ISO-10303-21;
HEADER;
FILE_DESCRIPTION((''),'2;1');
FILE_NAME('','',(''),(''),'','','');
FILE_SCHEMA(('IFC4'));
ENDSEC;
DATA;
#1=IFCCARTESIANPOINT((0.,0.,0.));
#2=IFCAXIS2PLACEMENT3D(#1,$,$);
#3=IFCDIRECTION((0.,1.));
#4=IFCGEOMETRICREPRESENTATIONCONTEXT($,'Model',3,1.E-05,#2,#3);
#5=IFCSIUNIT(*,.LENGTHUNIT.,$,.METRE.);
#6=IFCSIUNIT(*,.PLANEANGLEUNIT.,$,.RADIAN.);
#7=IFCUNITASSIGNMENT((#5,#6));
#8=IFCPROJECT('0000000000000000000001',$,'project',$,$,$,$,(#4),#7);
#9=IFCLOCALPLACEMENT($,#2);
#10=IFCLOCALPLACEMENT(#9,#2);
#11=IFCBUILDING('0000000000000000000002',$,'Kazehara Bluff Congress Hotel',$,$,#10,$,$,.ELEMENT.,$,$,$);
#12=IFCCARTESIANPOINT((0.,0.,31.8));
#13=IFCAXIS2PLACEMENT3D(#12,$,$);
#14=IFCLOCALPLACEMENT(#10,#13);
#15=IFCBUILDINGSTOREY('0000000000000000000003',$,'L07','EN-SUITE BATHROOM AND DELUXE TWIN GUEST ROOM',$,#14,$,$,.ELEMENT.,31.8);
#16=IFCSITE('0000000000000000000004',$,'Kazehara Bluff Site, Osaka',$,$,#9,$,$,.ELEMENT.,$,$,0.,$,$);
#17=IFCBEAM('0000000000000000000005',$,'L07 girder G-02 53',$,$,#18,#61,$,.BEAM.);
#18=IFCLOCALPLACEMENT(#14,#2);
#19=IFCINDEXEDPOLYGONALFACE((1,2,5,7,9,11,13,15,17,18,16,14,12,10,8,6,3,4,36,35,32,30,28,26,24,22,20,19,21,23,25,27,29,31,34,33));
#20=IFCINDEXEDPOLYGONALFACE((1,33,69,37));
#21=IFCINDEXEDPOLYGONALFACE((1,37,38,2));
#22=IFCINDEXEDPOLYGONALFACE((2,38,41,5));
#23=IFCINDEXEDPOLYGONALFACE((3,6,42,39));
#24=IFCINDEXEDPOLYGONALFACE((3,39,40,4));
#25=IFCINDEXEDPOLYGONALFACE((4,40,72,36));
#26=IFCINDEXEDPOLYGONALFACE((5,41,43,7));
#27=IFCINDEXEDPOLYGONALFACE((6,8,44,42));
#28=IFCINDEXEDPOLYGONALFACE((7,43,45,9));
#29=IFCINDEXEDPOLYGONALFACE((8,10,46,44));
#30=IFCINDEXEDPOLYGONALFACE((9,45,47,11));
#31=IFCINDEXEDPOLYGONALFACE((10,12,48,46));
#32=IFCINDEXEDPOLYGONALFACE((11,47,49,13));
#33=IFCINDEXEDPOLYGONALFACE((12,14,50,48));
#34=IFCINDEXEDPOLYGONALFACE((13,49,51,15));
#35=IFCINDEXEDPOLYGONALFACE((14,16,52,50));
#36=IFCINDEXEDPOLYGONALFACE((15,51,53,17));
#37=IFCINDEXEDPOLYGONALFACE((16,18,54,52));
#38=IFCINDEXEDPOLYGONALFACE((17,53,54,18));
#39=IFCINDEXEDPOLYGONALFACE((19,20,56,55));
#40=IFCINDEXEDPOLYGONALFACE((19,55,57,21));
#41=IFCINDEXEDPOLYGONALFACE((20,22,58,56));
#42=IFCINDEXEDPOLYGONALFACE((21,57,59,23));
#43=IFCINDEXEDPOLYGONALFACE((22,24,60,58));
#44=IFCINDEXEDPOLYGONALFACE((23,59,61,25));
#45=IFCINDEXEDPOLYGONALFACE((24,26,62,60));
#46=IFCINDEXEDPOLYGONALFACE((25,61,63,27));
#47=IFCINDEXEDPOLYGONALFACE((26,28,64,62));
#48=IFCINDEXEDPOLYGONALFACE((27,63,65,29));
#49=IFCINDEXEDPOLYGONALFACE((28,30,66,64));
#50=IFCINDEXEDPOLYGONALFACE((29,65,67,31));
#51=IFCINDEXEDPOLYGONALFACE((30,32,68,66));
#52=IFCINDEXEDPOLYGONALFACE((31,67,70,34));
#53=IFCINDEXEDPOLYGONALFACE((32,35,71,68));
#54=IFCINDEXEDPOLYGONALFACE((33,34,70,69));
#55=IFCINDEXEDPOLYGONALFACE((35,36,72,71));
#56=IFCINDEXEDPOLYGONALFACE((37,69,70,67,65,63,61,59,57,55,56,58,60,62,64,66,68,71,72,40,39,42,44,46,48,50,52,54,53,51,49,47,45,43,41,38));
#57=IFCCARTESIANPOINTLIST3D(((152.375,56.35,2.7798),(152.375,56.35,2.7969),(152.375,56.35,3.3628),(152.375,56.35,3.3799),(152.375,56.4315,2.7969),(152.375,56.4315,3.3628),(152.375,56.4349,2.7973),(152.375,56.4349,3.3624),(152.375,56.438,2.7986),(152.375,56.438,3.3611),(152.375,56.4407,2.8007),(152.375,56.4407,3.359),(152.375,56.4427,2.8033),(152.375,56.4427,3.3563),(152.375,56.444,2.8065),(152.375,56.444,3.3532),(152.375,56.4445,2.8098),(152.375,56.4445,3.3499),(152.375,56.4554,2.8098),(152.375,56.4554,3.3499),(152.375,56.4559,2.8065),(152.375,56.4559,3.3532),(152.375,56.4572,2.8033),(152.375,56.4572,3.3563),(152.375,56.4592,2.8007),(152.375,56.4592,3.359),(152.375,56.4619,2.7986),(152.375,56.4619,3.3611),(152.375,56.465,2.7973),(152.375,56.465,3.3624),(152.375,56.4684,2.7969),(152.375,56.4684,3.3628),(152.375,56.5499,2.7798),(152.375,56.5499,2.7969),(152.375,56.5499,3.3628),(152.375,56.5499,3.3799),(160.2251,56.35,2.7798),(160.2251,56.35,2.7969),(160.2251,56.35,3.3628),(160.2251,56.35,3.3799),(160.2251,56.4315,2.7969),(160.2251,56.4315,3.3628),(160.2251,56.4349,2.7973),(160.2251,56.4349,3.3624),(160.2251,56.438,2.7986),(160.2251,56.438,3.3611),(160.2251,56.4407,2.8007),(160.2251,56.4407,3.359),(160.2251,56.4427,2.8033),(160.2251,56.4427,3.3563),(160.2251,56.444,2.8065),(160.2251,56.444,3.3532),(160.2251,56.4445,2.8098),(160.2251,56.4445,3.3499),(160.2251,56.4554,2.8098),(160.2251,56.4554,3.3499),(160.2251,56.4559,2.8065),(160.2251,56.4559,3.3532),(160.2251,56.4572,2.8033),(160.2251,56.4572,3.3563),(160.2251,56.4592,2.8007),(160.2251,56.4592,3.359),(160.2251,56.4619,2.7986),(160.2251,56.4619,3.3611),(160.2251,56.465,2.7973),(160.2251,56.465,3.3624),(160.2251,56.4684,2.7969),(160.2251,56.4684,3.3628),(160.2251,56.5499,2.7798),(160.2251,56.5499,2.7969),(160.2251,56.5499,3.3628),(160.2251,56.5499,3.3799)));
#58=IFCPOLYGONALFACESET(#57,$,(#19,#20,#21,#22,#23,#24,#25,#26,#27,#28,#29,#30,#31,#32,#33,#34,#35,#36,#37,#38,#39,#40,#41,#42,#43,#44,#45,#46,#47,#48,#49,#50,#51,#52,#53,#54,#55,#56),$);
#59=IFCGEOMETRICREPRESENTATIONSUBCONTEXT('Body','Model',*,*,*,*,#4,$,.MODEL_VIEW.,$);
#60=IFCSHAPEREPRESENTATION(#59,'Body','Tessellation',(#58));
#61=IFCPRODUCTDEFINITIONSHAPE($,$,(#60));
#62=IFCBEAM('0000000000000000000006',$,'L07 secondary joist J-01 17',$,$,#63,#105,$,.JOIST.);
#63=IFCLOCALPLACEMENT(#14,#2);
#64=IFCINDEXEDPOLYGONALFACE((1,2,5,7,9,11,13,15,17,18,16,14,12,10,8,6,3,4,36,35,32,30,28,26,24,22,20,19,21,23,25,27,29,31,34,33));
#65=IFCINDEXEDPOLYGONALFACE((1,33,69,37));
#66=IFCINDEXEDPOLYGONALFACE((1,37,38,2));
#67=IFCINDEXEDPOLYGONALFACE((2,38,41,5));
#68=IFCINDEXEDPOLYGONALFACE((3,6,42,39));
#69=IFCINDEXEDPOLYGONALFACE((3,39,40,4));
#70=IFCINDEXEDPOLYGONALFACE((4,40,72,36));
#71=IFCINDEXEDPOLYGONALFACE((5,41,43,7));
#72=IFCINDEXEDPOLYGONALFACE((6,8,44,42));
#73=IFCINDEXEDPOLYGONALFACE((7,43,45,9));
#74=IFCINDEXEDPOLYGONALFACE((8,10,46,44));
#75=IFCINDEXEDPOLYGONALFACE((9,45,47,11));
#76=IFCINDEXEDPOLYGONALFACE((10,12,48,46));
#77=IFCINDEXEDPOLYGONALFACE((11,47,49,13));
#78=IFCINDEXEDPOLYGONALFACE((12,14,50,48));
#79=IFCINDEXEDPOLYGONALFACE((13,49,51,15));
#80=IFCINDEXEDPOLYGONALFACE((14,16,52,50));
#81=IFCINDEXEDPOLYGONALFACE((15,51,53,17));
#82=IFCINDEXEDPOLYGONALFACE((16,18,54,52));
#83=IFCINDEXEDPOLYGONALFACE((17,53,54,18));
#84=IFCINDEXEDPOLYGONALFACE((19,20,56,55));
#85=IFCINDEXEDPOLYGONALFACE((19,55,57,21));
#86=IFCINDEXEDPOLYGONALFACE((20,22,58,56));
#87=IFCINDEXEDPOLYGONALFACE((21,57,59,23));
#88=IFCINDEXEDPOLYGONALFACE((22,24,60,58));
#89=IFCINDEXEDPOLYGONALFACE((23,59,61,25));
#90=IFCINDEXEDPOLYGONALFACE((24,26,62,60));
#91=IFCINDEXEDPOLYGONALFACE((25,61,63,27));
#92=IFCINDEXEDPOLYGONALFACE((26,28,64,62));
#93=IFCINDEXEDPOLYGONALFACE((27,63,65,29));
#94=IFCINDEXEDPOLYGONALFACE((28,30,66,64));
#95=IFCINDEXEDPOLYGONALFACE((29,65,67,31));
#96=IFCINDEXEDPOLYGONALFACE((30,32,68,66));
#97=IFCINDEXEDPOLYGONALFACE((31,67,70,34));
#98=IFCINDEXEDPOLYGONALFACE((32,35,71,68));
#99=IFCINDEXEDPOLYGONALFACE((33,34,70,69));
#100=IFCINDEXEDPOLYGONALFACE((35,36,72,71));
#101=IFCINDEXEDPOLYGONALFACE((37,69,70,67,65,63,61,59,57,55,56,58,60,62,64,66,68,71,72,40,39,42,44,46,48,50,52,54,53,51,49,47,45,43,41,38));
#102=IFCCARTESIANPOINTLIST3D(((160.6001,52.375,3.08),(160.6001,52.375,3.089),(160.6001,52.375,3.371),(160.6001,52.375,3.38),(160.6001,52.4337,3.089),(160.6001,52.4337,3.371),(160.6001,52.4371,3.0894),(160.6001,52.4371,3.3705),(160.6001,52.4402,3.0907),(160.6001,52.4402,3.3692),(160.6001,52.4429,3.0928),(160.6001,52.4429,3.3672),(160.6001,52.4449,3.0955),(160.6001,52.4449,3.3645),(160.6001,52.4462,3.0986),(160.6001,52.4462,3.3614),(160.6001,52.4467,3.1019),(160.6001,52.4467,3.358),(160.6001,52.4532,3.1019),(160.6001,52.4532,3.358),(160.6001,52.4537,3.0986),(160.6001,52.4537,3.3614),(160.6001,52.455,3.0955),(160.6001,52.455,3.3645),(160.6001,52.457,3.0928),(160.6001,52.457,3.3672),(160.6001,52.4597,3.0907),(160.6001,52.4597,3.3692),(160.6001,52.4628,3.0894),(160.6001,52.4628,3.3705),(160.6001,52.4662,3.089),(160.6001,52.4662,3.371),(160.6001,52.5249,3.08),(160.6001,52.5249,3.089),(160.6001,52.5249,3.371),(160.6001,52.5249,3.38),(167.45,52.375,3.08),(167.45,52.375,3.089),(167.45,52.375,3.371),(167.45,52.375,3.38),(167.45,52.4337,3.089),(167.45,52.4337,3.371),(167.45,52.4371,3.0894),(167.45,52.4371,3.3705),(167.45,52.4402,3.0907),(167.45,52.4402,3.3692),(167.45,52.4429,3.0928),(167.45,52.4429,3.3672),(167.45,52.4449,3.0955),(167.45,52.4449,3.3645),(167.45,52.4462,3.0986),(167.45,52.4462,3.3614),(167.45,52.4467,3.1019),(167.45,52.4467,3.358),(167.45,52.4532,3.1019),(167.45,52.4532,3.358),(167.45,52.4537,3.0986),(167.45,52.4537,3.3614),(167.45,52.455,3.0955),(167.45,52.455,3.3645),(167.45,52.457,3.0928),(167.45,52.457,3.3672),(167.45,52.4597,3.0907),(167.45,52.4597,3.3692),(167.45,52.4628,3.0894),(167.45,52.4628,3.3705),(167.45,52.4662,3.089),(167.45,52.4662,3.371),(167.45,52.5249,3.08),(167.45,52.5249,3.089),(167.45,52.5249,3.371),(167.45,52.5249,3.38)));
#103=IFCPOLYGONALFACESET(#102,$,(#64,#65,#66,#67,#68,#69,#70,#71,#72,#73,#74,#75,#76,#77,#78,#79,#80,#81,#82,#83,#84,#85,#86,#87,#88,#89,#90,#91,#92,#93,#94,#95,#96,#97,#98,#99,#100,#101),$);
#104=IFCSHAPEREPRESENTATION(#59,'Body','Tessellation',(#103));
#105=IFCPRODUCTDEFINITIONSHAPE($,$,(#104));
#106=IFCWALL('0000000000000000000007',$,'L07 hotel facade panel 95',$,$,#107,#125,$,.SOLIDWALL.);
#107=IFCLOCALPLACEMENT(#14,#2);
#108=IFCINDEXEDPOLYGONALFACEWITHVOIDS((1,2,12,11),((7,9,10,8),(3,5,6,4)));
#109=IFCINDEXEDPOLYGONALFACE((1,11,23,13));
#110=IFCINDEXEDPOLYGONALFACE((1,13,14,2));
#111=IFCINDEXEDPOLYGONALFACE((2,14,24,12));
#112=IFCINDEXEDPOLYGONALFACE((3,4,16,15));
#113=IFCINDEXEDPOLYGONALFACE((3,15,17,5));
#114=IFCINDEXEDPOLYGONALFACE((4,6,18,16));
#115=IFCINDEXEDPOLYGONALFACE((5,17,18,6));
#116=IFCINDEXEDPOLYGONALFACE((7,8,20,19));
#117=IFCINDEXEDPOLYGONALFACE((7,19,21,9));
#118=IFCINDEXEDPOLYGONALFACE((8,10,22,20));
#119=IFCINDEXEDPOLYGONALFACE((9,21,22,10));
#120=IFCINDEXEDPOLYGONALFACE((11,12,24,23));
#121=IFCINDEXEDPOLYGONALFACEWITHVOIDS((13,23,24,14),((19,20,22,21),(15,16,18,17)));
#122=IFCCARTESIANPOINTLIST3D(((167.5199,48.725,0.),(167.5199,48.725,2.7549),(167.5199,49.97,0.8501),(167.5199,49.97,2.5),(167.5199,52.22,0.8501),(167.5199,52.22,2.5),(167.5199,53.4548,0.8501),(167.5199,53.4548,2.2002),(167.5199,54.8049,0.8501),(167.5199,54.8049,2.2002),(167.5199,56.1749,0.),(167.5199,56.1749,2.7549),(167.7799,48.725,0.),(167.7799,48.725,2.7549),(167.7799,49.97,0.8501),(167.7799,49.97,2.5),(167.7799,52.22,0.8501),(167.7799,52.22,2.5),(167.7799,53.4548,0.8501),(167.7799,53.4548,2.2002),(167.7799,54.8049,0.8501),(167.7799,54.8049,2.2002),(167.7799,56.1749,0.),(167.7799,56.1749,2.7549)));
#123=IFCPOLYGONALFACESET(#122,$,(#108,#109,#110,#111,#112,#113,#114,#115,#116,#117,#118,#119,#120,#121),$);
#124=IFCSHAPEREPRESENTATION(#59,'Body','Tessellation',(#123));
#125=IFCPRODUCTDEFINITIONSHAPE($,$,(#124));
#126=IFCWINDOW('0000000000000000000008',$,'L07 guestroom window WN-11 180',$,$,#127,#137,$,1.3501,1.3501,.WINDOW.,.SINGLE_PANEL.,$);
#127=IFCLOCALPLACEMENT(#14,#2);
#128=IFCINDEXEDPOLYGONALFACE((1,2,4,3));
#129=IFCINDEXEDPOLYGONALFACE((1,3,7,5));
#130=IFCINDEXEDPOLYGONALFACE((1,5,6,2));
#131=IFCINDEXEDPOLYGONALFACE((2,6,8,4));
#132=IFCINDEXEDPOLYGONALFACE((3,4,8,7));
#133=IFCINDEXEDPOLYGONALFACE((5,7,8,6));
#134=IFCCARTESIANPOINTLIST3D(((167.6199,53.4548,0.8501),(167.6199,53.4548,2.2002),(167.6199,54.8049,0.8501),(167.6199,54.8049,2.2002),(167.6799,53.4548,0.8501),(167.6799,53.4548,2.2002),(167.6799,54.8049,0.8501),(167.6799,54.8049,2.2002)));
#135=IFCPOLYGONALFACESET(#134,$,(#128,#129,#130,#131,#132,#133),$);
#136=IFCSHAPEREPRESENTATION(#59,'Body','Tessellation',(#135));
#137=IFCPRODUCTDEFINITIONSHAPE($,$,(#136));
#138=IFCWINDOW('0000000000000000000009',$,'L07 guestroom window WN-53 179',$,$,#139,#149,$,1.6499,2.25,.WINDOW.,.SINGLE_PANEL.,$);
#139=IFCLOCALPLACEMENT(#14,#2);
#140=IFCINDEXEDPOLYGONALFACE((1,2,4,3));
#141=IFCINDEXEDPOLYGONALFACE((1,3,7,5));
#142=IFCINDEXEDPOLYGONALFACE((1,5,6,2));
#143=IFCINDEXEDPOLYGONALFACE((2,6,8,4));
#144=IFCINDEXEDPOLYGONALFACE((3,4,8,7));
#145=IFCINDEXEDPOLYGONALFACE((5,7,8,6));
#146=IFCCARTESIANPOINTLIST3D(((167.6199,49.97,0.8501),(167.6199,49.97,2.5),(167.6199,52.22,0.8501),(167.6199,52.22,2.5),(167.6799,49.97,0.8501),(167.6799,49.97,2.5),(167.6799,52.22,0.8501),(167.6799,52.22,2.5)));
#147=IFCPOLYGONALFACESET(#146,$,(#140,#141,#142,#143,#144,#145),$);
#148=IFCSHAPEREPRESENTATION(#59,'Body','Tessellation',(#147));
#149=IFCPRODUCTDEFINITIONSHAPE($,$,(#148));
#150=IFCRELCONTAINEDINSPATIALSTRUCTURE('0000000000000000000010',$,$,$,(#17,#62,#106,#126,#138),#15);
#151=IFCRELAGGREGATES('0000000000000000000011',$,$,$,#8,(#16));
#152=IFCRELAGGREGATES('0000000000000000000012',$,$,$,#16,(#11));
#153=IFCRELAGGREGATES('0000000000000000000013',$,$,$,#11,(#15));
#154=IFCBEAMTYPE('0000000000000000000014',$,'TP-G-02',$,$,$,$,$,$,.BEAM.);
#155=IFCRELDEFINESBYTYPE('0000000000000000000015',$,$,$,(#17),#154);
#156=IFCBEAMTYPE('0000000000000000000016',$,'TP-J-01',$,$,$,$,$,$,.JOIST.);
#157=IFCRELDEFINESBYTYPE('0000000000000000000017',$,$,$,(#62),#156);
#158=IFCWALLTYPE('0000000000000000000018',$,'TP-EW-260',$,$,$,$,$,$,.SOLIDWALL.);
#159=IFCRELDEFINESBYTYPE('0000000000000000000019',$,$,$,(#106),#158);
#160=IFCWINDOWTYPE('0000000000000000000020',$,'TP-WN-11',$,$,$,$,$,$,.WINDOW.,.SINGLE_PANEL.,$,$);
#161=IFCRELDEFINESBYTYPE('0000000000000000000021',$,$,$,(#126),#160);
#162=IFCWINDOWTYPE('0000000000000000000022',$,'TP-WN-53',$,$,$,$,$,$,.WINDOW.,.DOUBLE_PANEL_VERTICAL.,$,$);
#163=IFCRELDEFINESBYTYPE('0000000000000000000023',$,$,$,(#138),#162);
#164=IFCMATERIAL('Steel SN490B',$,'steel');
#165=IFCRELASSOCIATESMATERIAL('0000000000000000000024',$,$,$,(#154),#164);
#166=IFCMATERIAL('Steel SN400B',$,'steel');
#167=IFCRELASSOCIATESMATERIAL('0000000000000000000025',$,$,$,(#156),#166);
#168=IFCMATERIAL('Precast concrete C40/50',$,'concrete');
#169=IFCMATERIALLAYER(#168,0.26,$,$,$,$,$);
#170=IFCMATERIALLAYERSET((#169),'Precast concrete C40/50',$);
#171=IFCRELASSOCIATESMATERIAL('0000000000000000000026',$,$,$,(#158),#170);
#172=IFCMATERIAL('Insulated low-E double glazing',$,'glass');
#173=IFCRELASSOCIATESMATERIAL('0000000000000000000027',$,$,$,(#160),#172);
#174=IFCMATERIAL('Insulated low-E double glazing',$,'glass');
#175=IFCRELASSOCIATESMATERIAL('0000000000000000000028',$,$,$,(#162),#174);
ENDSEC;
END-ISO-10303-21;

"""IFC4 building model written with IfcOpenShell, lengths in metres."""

from ifc_helpers import new_model, si_unit, direction, frame, frame_2d, origin, origin_2d, place, context, subcontext, project, spatial, rectangle, i_section, extrude, material, layer, layer_set, material_profile, profile_set, type_object, element, fill, save


model = new_model("IFC4")

# Units and contexts
model_context = context("Model", 3, precision=1e-05, world=origin(), true_north=direction((0.0, 1.0)))
body_context = subcontext(model_context, "Body", "Model", "MODEL_VIEW")
ifc_project = project(units=[si_unit("LENGTHUNIT", "METRE"), si_unit("PLANEANGLEUNIT", "RADIAN")], contexts=[model_context])

# Site, building, storey
site_placement = place(None, origin())
site = spatial("IfcSite", under=ifc_project, at=site_placement, Name="Kazehara Bluff Site, Osaka", CompositionType="ELEMENT", RefElevation=0.0)
building_placement = place(site_placement, origin())
building = spatial("IfcBuilding", under=site, at=building_placement, Name="Kazehara Bluff Congress Hotel", CompositionType="ELEMENT")
storey_placement = place(building_placement, frame((0.0, 0.0, 31.8)))
storey = spatial("IfcBuildingStorey", under=building, at=storey_placement, Name="L07", Description="EN-SUITE BATHROOM AND DELUXE TWIN GUEST ROOM", CompositionType="ELEMENT", Elevation=31.8)

# Beams
ifc_material_1 = material(Name="Steel SN490B", Category="steel")
ifc_material_profile_1 = material_profile(ifc_material_1, i_section(OverallWidth=0.2, OverallDepth=0.6001, WebThickness=0.011, FlangeThickness=0.0171, FilletRadius=0.0129, at=origin_2d()))
ifc_profile_set_1 = profile_set([ifc_material_profile_1], Name="Steel SN490B")
beam_type_1 = type_object("IfcBeamType", Name="TP-G-02", PredefinedType="BEAM", material=ifc_profile_set_1)
beam_1_placement = place(storey_placement, frame((152.375, 56.45, 3.0798), z_axis=(1.0, 0.0, 0.0), x_axis=(0.0, 1.0, 0.0)))
element("IfcBeam", 1, at=beam_1_placement, inside=storey, type_object=beam_type_1, Name="L07 girder G-02 53", PredefinedType="BEAM", context=body_context, shape_type="SweptSolid", body=[
    extrude(i_section(OverallWidth=0.2, OverallDepth=0.6001, WebThickness=0.011, FlangeThickness=0.0171, FilletRadius=0.0129, at=origin_2d()), origin(), (0.0, 0.0, 1.0), 7.8501),
])
ifc_material_2 = material(Name="Steel SN400B", Category="steel")
ifc_material_profile_2 = material_profile(ifc_material_2, i_section(OverallWidth=0.1499, OverallDepth=0.3, WebThickness=0.0066, FlangeThickness=0.009, FilletRadius=0.0129, at=origin_2d()))
ifc_profile_set_2 = profile_set([ifc_material_profile_2], Name="Steel SN400B")
beam_type_2 = type_object("IfcBeamType", Name="TP-J-01", PredefinedType="JOIST", material=ifc_profile_set_2)
beam_2_placement = place(storey_placement, frame((160.6001, 52.45, 3.23), z_axis=(1.0, 0.0, 0.0), x_axis=(0.0, 1.0, 0.0)))
element("IfcBeam", 2, at=beam_2_placement, inside=storey, type_object=beam_type_2, Name="L07 secondary joist J-01 17", PredefinedType="JOIST", context=body_context, shape_type="SweptSolid", body=[
    extrude(i_section(OverallWidth=0.1499, OverallDepth=0.3, WebThickness=0.0066, FlangeThickness=0.009, FilletRadius=0.0129, at=origin_2d()), origin(), (0.0, 0.0, 1.0), 6.8499),
])

# Wall, openings, windows
ifc_material_3 = material(Name="Precast concrete C40/50", Category="concrete")
ifc_layer_1 = layer(ifc_material_3, 0.26)
ifc_layer_set_1 = layer_set([ifc_layer_1], Name="Precast concrete C40/50")
wall_type_1 = type_object("IfcWallType", Name="TP-EW-260", PredefinedType="SOLIDWALL", material=ifc_layer_set_1)
wall_1_placement = place(storey_placement, frame((167.6499, 56.175, 0.0), z_axis=(0.0, 0.0, 1.0), x_axis=(0.0, -1.0, 0.0)))
wall_1 = element("IfcWall", 3, at=wall_1_placement, inside=storey, type_object=wall_type_1, Name="L07 hotel facade panel 95", PredefinedType="SOLIDWALL", context=body_context, shape_type="SweptSolid", body=[
    extrude(rectangle(XDim=7.45, YDim=0.26, at=frame_2d((3.7251, 0.0))), origin(), (0.0, 0.0, 1.0), 2.7549),
])
opening_1_placement = place(wall_1_placement, frame((3.9551, 0.0, 0.8501)))
opening_1 = element("IfcOpeningElement", 4, at=opening_1_placement, cuts=wall_1, PredefinedType="OPENING", context=body_context, shape_type="SweptSolid", body=[
    extrude(rectangle(XDim=2.25, YDim=1.6499, at=frame_2d((1.125, 0.825))), frame((0.0, 0.1399, 0.0), z_axis=(0.0, -1.0, 0.0), x_axis=(1.0, 0.0, 0.0)), (0.0, 0.0, 1.0), 0.28),
])
opening_2_placement = place(wall_1_placement, frame((1.3701, 0.0, 0.8501)))
opening_2 = element("IfcOpeningElement", 5, at=opening_2_placement, cuts=wall_1, PredefinedType="OPENING", context=body_context, shape_type="SweptSolid", body=[
    extrude(rectangle(XDim=1.3501, YDim=1.3501, at=frame_2d((0.675, 0.675))), frame((0.0, 0.1399, 0.0), z_axis=(0.0, -1.0, 0.0), x_axis=(1.0, 0.0, 0.0)), (0.0, 0.0, 1.0), 0.28),
])
ifc_material_4 = material(Name="Insulated low-E double glazing", Category="glass")
window_type_1 = type_object("IfcWindowType", Name="TP-WN-11", PartitioningType="SINGLE_PANEL", PredefinedType="WINDOW", material=ifc_material_4)
window_1_placement = place(opening_2_placement, origin())
window_1 = element("IfcWindow", 6, at=window_1_placement, inside=storey, type_object=window_type_1, Name="L07 guestroom window WN-11 180", OverallHeight=1.3501, OverallWidth=1.3501, PartitioningType="SINGLE_PANEL", PredefinedType="WINDOW", context=body_context, shape_type="SweptSolid", body=[
    extrude(rectangle(XDim=1.3501, YDim=1.3501, at=frame_2d((0.675, 0.675))), frame((0.0, 0.03, 0.0), z_axis=(0.0, -1.0, 0.0), x_axis=(1.0, 0.0, 0.0)), (0.0, 0.0, 1.0), 0.0601),
])
fill(opening_2, window_1)
ifc_material_5 = material(Name="Insulated low-E double glazing", Category="glass")
window_type_2 = type_object("IfcWindowType", Name="TP-WN-53", PartitioningType="DOUBLE_PANEL_VERTICAL", PredefinedType="WINDOW", material=ifc_material_5)
window_2_placement = place(opening_1_placement, origin())
window_2 = element("IfcWindow", 7, at=window_2_placement, inside=storey, type_object=window_type_2, Name="L07 guestroom window WN-53 179", OverallHeight=1.6499, OverallWidth=2.25, PartitioningType="SINGLE_PANEL", PredefinedType="WINDOW", context=body_context, shape_type="SweptSolid", body=[
    extrude(rectangle(XDim=2.25, YDim=1.6499, at=frame_2d((1.125, 0.825))), frame((0.0, 0.03, 0.0), z_axis=(0.0, -1.0, 0.0), x_axis=(1.0, 0.0, 0.0)), (0.0, 0.0, 1.0), 0.0601),
])
fill(opening_1, window_2)

save(model, "model.ifc")
